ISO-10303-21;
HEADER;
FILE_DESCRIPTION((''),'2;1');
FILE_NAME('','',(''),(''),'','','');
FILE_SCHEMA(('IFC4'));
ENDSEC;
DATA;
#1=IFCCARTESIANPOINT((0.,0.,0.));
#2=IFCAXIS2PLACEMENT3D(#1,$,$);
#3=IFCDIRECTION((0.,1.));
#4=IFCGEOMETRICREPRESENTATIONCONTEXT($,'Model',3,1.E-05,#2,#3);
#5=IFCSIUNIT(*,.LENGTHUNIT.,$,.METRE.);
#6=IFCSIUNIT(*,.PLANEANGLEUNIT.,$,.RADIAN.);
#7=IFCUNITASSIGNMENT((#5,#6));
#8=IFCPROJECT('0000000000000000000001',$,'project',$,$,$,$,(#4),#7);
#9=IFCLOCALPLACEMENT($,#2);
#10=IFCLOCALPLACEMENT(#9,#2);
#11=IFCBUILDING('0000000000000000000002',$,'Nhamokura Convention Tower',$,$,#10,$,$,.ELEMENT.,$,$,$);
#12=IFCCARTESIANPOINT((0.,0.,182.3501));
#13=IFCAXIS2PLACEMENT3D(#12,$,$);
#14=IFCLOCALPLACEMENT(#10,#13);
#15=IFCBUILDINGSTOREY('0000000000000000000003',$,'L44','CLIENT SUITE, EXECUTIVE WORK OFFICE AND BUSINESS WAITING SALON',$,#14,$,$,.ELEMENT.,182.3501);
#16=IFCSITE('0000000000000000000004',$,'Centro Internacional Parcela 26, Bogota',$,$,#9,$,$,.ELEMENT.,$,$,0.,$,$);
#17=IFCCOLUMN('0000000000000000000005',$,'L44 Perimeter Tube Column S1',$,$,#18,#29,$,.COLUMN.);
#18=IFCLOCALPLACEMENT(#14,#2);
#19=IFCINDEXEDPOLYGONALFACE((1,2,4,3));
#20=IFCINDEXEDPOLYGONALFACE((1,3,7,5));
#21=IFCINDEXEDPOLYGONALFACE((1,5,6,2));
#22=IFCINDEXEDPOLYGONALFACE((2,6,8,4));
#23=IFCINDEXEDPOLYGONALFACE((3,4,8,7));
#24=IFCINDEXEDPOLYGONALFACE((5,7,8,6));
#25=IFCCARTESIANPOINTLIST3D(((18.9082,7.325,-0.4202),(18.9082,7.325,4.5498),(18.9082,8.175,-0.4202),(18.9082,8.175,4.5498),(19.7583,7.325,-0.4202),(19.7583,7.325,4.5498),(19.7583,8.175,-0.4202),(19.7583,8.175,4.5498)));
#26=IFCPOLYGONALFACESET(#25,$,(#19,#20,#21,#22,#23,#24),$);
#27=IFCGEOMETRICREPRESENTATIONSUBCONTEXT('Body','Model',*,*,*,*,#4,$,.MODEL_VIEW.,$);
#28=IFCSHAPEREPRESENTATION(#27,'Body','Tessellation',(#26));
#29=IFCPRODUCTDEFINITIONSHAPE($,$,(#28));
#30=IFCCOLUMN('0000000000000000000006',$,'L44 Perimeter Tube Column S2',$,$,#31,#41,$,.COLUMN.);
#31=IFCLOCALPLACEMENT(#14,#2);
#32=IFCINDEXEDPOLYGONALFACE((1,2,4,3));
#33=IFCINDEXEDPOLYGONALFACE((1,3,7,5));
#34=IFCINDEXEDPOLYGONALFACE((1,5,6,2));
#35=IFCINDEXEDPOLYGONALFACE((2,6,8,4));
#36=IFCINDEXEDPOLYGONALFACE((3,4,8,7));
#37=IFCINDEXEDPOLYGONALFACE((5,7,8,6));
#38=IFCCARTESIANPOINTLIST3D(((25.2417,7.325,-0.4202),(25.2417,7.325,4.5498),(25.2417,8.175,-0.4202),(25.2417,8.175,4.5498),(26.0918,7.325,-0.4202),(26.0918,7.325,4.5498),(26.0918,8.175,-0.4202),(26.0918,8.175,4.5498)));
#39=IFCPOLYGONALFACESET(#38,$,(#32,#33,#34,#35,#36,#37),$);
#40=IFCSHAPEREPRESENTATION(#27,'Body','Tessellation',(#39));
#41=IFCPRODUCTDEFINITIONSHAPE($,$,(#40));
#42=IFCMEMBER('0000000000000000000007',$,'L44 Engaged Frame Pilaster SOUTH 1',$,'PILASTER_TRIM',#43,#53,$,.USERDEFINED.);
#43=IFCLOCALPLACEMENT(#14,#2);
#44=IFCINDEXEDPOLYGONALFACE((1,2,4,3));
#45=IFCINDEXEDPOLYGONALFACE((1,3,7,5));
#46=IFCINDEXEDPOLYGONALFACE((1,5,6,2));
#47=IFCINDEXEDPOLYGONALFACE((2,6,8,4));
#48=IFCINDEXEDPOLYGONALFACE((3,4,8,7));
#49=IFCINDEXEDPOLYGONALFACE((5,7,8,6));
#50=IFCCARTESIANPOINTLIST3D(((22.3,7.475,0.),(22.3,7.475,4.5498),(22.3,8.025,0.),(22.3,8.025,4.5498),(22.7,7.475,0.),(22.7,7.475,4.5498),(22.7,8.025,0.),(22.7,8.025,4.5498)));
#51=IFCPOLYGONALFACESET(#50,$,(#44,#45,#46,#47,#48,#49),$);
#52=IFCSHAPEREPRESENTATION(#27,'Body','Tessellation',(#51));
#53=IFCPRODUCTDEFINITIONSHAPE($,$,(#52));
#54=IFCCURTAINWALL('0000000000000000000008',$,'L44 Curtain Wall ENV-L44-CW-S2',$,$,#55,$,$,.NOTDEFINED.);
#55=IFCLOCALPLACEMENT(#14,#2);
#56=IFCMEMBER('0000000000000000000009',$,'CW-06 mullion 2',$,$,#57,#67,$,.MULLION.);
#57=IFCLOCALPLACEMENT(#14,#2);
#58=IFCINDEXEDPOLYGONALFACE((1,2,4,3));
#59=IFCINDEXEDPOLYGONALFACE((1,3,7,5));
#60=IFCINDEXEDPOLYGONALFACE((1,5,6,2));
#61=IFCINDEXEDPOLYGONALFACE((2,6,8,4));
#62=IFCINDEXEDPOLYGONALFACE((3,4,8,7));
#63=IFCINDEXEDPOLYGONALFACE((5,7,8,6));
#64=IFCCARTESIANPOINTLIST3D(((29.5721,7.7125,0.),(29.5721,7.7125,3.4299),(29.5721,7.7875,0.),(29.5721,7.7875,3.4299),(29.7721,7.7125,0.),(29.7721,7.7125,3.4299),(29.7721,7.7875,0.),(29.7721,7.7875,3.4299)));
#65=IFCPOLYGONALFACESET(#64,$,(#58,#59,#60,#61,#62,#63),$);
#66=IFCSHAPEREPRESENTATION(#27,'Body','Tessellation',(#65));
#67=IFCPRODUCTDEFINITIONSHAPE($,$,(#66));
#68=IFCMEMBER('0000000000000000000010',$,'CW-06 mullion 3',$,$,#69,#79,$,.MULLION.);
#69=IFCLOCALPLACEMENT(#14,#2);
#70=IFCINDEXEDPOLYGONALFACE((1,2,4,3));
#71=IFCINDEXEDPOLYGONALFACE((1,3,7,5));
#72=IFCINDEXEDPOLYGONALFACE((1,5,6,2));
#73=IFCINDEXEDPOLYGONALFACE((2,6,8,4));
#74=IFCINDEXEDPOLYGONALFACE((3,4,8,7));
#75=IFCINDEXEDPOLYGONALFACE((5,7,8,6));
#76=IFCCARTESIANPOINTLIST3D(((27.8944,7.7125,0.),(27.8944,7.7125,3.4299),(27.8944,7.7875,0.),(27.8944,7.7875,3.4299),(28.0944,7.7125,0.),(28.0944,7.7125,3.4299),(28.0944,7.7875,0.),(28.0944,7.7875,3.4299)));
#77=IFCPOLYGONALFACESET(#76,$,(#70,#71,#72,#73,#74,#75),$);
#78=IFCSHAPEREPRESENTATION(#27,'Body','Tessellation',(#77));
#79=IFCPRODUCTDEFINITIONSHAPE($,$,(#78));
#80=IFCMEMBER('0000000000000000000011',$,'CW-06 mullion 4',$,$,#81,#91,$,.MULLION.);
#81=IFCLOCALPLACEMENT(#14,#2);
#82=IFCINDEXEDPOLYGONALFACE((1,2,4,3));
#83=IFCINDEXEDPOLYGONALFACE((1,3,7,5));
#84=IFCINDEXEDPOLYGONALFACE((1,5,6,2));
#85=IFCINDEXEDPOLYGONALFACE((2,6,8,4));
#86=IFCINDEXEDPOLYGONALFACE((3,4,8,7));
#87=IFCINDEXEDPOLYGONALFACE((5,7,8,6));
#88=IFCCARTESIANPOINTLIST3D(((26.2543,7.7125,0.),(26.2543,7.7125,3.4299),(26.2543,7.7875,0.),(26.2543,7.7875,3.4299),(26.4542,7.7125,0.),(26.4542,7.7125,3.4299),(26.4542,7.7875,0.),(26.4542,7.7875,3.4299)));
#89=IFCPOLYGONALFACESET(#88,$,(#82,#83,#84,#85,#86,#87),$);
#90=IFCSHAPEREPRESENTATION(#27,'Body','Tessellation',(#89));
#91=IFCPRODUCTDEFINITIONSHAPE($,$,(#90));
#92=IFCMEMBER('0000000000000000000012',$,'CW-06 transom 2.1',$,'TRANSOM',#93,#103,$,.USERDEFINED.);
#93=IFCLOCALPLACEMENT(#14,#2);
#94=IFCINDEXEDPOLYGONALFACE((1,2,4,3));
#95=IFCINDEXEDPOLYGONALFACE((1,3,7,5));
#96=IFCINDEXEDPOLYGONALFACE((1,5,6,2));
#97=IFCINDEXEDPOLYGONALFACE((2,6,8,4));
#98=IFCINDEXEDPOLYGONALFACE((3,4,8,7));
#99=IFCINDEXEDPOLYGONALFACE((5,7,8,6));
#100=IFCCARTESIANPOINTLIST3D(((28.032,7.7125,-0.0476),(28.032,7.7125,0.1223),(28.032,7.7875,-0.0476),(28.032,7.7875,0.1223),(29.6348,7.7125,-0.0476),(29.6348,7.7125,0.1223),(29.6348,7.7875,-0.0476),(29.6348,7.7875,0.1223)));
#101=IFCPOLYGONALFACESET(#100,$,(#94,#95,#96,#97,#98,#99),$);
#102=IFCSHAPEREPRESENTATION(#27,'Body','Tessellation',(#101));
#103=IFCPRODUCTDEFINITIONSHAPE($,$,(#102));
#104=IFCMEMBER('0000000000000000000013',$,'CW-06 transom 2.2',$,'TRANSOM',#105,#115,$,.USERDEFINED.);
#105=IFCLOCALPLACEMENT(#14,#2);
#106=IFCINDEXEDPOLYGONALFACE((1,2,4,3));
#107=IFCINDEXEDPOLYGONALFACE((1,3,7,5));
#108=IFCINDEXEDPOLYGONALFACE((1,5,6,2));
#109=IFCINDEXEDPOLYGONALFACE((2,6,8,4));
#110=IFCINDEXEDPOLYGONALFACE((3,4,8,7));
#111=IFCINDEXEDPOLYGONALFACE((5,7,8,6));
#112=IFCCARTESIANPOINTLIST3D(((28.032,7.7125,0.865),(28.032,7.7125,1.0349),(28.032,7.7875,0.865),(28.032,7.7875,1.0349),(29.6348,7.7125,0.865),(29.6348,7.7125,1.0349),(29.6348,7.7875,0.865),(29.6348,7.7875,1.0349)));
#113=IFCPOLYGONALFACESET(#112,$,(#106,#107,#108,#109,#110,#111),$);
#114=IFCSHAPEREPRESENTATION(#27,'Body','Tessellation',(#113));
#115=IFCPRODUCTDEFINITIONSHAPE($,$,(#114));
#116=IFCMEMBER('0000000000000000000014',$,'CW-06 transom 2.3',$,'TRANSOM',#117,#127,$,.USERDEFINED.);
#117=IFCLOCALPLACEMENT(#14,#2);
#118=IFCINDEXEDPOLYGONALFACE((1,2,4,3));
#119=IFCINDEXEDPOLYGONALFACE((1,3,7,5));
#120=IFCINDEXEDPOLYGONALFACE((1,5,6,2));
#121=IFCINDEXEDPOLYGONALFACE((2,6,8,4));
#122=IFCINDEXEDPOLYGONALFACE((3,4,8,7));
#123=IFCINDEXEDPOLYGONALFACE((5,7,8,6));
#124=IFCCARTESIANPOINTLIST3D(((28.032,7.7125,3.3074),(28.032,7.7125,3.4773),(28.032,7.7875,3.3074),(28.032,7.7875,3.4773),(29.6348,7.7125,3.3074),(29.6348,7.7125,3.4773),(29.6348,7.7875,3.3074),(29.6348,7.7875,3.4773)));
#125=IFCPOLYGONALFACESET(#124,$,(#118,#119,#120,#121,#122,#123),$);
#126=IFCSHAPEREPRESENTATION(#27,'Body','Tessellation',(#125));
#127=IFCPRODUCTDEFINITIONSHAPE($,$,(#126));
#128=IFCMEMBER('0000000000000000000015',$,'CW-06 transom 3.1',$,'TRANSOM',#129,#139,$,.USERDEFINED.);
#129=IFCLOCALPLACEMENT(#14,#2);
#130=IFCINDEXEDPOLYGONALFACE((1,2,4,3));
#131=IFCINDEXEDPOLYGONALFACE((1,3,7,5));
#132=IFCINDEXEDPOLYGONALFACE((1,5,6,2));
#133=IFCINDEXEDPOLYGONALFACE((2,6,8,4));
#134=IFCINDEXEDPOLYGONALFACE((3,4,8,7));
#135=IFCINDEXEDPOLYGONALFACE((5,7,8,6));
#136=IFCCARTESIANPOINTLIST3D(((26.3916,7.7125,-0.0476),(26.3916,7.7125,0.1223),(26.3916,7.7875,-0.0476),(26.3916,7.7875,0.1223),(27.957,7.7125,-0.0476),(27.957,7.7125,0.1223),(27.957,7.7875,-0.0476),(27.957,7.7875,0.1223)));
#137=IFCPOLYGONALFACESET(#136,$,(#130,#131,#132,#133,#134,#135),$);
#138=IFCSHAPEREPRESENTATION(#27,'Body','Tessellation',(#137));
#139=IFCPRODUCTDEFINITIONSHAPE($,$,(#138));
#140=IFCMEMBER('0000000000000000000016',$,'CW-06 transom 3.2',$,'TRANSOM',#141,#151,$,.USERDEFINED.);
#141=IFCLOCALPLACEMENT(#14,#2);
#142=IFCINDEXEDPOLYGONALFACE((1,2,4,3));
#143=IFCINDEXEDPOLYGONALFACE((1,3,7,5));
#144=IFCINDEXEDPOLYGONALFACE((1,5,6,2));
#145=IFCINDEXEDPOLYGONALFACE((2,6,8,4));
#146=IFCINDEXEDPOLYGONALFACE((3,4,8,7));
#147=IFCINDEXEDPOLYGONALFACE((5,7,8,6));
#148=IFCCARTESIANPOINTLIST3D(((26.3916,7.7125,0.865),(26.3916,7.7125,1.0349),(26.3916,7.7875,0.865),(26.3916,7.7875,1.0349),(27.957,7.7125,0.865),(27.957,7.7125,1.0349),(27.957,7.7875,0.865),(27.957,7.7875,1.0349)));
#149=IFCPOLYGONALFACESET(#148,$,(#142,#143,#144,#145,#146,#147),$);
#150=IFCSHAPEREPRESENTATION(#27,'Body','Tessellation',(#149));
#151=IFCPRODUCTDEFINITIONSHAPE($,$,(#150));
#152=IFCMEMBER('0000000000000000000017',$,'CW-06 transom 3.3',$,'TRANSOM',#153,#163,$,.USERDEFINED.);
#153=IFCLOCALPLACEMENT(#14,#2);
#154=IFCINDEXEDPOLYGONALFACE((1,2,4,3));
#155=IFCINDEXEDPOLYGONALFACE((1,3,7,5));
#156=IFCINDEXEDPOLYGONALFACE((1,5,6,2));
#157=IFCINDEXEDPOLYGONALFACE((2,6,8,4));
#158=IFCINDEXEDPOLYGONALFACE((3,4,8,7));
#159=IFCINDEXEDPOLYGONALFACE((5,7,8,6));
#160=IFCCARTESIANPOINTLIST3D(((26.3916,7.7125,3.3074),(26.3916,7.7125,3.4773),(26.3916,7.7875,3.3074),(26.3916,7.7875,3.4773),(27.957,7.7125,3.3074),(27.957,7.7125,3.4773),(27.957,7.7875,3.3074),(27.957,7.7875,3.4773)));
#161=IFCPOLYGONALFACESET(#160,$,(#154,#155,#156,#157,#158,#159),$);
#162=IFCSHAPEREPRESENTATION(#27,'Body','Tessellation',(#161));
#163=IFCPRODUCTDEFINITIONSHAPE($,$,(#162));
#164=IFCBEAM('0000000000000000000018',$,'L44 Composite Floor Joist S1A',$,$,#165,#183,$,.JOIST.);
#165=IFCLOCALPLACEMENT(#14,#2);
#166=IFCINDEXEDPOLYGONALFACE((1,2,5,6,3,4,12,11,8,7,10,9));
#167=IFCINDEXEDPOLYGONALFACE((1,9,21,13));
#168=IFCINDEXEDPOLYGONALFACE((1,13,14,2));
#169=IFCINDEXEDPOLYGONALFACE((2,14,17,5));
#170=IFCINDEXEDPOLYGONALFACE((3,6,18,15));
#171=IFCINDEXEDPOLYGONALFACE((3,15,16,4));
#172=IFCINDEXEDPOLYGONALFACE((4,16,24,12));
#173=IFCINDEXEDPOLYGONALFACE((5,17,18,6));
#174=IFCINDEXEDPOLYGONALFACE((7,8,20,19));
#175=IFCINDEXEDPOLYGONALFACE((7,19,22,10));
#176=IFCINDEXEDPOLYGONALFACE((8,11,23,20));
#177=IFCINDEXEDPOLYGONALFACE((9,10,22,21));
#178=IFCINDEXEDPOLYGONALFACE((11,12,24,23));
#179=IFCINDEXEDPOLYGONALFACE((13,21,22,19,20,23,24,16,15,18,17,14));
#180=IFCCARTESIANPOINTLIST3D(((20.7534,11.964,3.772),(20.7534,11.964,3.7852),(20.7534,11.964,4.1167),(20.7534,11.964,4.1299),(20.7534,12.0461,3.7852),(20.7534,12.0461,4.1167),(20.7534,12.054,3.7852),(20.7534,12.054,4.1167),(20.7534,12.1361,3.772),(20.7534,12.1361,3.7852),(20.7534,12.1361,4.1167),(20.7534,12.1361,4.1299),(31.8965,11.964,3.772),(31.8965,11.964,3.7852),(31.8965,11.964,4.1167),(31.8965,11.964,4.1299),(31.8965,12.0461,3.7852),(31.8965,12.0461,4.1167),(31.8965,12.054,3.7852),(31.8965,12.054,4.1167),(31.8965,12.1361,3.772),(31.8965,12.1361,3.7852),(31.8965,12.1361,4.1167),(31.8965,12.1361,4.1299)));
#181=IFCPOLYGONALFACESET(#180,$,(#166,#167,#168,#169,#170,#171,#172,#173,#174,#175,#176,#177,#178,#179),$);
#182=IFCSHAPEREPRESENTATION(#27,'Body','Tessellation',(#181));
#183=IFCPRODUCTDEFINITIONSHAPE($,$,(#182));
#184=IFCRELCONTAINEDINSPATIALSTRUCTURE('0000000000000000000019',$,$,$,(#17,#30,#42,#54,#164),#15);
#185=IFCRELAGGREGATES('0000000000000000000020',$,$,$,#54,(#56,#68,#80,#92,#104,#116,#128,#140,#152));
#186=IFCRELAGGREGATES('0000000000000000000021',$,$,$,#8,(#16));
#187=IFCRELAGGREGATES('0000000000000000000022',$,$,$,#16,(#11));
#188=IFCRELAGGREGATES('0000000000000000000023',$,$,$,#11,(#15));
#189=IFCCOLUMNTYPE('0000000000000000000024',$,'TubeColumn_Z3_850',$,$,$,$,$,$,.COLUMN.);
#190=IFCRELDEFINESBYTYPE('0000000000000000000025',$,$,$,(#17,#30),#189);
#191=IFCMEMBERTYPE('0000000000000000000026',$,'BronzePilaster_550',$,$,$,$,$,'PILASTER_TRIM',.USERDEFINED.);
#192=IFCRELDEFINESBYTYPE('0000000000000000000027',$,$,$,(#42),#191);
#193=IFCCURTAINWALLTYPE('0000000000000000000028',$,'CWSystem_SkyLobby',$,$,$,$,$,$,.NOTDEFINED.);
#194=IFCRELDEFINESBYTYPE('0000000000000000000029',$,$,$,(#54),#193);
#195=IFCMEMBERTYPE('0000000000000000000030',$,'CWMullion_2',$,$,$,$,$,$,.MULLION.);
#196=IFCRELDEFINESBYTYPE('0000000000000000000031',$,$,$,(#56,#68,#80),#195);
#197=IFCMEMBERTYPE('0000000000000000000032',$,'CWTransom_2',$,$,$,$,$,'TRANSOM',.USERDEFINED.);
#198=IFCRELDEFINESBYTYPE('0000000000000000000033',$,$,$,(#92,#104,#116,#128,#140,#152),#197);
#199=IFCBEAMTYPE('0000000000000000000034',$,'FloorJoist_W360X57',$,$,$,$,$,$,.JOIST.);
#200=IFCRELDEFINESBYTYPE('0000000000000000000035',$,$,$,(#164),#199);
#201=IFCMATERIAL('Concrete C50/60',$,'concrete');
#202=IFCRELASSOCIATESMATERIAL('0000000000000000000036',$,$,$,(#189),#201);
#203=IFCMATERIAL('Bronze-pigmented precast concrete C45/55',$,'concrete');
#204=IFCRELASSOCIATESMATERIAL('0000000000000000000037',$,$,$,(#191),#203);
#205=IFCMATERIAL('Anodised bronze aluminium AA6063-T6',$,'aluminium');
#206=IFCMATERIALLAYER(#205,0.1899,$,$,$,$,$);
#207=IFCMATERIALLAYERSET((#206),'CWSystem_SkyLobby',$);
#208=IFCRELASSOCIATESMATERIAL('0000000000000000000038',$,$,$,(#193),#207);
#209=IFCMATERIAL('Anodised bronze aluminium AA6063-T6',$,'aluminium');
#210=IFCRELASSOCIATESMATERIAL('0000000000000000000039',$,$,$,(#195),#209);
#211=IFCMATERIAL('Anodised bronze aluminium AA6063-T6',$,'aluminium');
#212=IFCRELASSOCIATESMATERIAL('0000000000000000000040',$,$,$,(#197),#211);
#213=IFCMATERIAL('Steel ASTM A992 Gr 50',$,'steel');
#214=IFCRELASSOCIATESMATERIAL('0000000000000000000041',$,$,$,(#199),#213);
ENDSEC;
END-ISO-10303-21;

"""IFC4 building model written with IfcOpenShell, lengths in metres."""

from ifc_helpers import new_model, si_unit, direction, frame, origin, origin_2d, place, context, subcontext, project, spatial, rectangle, i_section, extrude, material, layer, layer_set, material_profile, profile_set, type_object, element, aggregate, save


model = new_model("IFC4")

# Units and contexts
model_context = context("Model", 3, precision=1e-05, world=origin(), true_north=direction((0.0, 1.0)))
body_context = subcontext(model_context, "Body", "Model", "MODEL_VIEW")
ifc_project = project(units=[si_unit("LENGTHUNIT", "METRE"), si_unit("PLANEANGLEUNIT", "RADIAN")], contexts=[model_context])

# Site, building, storey
site_placement = place(None, origin())
site = spatial("IfcSite", under=ifc_project, at=site_placement, Name="Centro Internacional Parcela 26, Bogota", CompositionType="ELEMENT", RefElevation=0.0)
building_placement = place(site_placement, origin())
building = spatial("IfcBuilding", under=site, at=building_placement, Name="Nhamokura Convention Tower", CompositionType="ELEMENT")
storey_placement = place(building_placement, frame((0.0, 0.0, 182.3501)))
storey = spatial("IfcBuildingStorey", under=building, at=storey_placement, Name="L44", Description="CLIENT SUITE, EXECUTIVE WORK OFFICE AND BUSINESS WAITING SALON", CompositionType="ELEMENT", Elevation=182.3501)

# Columns
ifc_material_1 = material(Name="Concrete C50/60", Category="concrete")
ifc_material_profile_1 = material_profile(ifc_material_1, rectangle(XDim=0.8501, YDim=0.8501, at=origin_2d()))
ifc_profile_set_1 = profile_set([ifc_material_profile_1], Name="Concrete C50/60")
column_type = type_object("IfcColumnType", Name="TubeColumn_Z3_850", PredefinedType="COLUMN", material=ifc_profile_set_1)
for number, where, z_axis, x_axis, name in (
    (1, (19.3333, 7.75, -0.4202), (0.0, 0.0, 1.0), (1.0, 0.0, 0.0), "L44 Perimeter Tube Column S1"),
    (2, (25.6667, 7.75, -0.4202), (0.0, 0.0, 1.0), (1.0, 0.0, 0.0), "L44 Perimeter Tube Column S2"),
):
    element("IfcColumn", number, at=place(storey_placement, frame(where, z_axis=z_axis, x_axis=x_axis)), inside=storey, type_object=column_type, Name=name, PredefinedType="COLUMN", context=body_context, shape_type="SweptSolid", body=[
        extrude(rectangle(XDim=0.8501, YDim=0.8501, at=origin_2d()), origin(), (0.0, 0.0, 1.0), 4.97),
    ])

# Member
ifc_material_2 = material(Name="Bronze-pigmented precast concrete C45/55", Category="concrete")
ifc_material_profile_2 = material_profile(ifc_material_2, rectangle(XDim=0.3999, YDim=0.55, at=origin_2d()))
ifc_profile_set_2 = profile_set([ifc_material_profile_2], Name="Bronze-pigmented precast concrete C45/55")
member_type_1 = type_object("IfcMemberType", Name="BronzePilaster_550", ElementType="PILASTER_TRIM", PredefinedType="USERDEFINED", material=ifc_profile_set_2)
member_1_placement = place(storey_placement, frame((22.5, 7.75, 0.0), z_axis=(0.0, 0.0, 1.0), x_axis=(1.0, 0.0, 0.0)))
element("IfcMember", 3, at=member_1_placement, inside=storey, type_object=member_type_1, Name="L44 Engaged Frame Pilaster SOUTH 1", ObjectType="PILASTER_TRIM", PredefinedType="USERDEFINED", context=body_context, shape_type="SweptSolid", body=[
    extrude(rectangle(XDim=0.3999, YDim=0.55, at=origin_2d()), origin(), (0.0, 0.0, 1.0), 4.5498),
])

# Curtain wall, members
ifc_material_3 = material(Name="Anodised bronze aluminium AA6063-T6", Category="aluminium")
ifc_layer_1 = layer(ifc_material_3, 0.1899)
ifc_layer_set_1 = layer_set([ifc_layer_1], Name="CWSystem_SkyLobby")
curtain_wall_type = type_object("IfcCurtainWallType", Name="CWSystem_SkyLobby", PredefinedType="NOTDEFINED", material=ifc_layer_set_1)
curtain_wall_placement = place(storey_placement, origin())
curtain_wall = element("IfcCurtainWall", 4, at=curtain_wall_placement, inside=storey, type_object=curtain_wall_type, Name="L44 Curtain Wall ENV-L44-CW-S2", PredefinedType="NOTDEFINED")
ifc_material_4 = material(Name="Anodised bronze aluminium AA6063-T6", Category="aluminium")
ifc_material_profile_3 = material_profile(ifc_material_4, rectangle(XDim=0.075, YDim=0.2, at=origin_2d()))
ifc_profile_set_3 = profile_set([ifc_material_profile_3], Name="Anodised bronze aluminium AA6063-T6")
member_type_2 = type_object("IfcMemberType", Name="CWMullion_2", PredefinedType="MULLION", material=ifc_profile_set_3)
member_2_placement = place(storey_placement, frame((29.6721, 7.75, 0.0), z_axis=(0.0, 0.0, 1.0), x_axis=(0.0, -1.0, 0.0)))
member_2 = element("IfcMember", 5, at=member_2_placement, type_object=member_type_2, Name="CW-06 mullion 2", PredefinedType="MULLION", context=body_context, shape_type="SweptSolid", body=[
    extrude(rectangle(XDim=0.075, YDim=0.2, at=origin_2d()), origin(), (0.0, 0.0, 1.0), 3.4299),
])
member_3_placement = place(storey_placement, frame((27.9944, 7.75, 0.0), z_axis=(0.0, 0.0, 1.0), x_axis=(0.0, -1.0, 0.0)))
member_3 = element("IfcMember", 6, at=member_3_placement, type_object=member_type_2, Name="CW-06 mullion 3", PredefinedType="MULLION", context=body_context, shape_type="SweptSolid", body=[
    extrude(rectangle(XDim=0.075, YDim=0.2, at=origin_2d()), origin(), (0.0, 0.0, 1.0), 3.4299),
])
member_4_placement = place(storey_placement, frame((26.3542, 7.75, 0.0), z_axis=(0.0, 0.0, 1.0), x_axis=(0.0, -1.0, 0.0)))
member_4 = element("IfcMember", 7, at=member_4_placement, type_object=member_type_2, Name="CW-06 mullion 4", PredefinedType="MULLION", context=body_context, shape_type="SweptSolid", body=[
    extrude(rectangle(XDim=0.075, YDim=0.2, at=origin_2d()), origin(), (0.0, 0.0, 1.0), 3.4299),
])
ifc_material_5 = material(Name="Anodised bronze aluminium AA6063-T6", Category="aluminium")
ifc_material_profile_4 = material_profile(ifc_material_5, rectangle(XDim=0.075, YDim=0.1699, at=origin_2d()))
ifc_profile_set_4 = profile_set([ifc_material_profile_4], Name="Anodised bronze aluminium AA6063-T6")
member_type_3 = type_object("IfcMemberType", Name="CWTransom_2", ElementType="TRANSOM", PredefinedType="USERDEFINED", material=ifc_profile_set_4)
member_5_placement = place(storey_placement, frame((29.6348, 7.75, 0.0374), z_axis=(-1.0, 0.0, 0.0), x_axis=(0.0, -1.0, 0.0)))
member_5 = element("IfcMember", 8, at=member_5_placement, type_object=member_type_3, Name="CW-06 transom 2.1", ObjectType="TRANSOM", PredefinedType="USERDEFINED", context=body_context, shape_type="SweptSolid", body=[
    extrude(rectangle(XDim=0.075, YDim=0.1699, at=origin_2d()), origin(), (0.0, 0.0, 1.0), 1.6028),
])
member_6_placement = place(storey_placement, frame((29.6348, 7.75, 0.95), z_axis=(-1.0, 0.0, 0.0), x_axis=(0.0, -1.0, 0.0)))
member_6 = element("IfcMember", 9, at=member_6_placement, type_object=member_type_3, Name="CW-06 transom 2.2", ObjectType="TRANSOM", PredefinedType="USERDEFINED", context=body_context, shape_type="SweptSolid", body=[
    extrude(rectangle(XDim=0.075, YDim=0.1699, at=origin_2d()), origin(), (0.0, 0.0, 1.0), 1.6028),
])
member_7_placement = place(storey_placement, frame((29.6348, 7.75, 3.3923), z_axis=(-1.0, 0.0, 0.0), x_axis=(0.0, -1.0, 0.0)))
member_7 = element("IfcMember", 10, at=member_7_placement, type_object=member_type_3, Name="CW-06 transom 2.3", ObjectType="TRANSOM", PredefinedType="USERDEFINED", context=body_context, shape_type="SweptSolid", body=[
    extrude(rectangle(XDim=0.075, YDim=0.1699, at=origin_2d()), origin(), (0.0, 0.0, 1.0), 1.6028),
])
member_8_placement = place(storey_placement, frame((27.957, 7.75, 0.0374), z_axis=(-1.0, 0.0, 0.0), x_axis=(0.0, -1.0, 0.0)))
member_8 = element("IfcMember", 11, at=member_8_placement, type_object=member_type_3, Name="CW-06 transom 3.1", ObjectType="TRANSOM", PredefinedType="USERDEFINED", context=body_context, shape_type="SweptSolid", body=[
    extrude(rectangle(XDim=0.075, YDim=0.1699, at=origin_2d()), origin(), (0.0, 0.0, 1.0), 1.5654),
])
member_9_placement = place(storey_placement, frame((27.957, 7.75, 0.95), z_axis=(-1.0, 0.0, 0.0), x_axis=(0.0, -1.0, 0.0)))
member_9 = element("IfcMember", 12, at=member_9_placement, type_object=member_type_3, Name="CW-06 transom 3.2", ObjectType="TRANSOM", PredefinedType="USERDEFINED", context=body_context, shape_type="SweptSolid", body=[
    extrude(rectangle(XDim=0.075, YDim=0.1699, at=origin_2d()), origin(), (0.0, 0.0, 1.0), 1.5654),
])
member_10_placement = place(storey_placement, frame((27.957, 7.75, 3.3923), z_axis=(-1.0, 0.0, 0.0), x_axis=(0.0, -1.0, 0.0)))
member_10 = element("IfcMember", 13, at=member_10_placement, type_object=member_type_3, Name="CW-06 transom 3.3", ObjectType="TRANSOM", PredefinedType="USERDEFINED", context=body_context, shape_type="SweptSolid", body=[
    extrude(rectangle(XDim=0.075, YDim=0.1699, at=origin_2d()), origin(), (0.0, 0.0, 1.0), 1.5654),
])

# Beam
ifc_material_6 = material(Name="Steel ASTM A992 Gr 50", Category="steel")
ifc_material_profile_5 = material_profile(ifc_material_6, i_section(OverallWidth=0.1721, OverallDepth=0.3579, WebThickness=0.0078, FlangeThickness=0.0132, at=origin_2d()))
ifc_profile_set_5 = profile_set([ifc_material_profile_5], Name="Steel ASTM A992 Gr 50")
beam_type_1 = type_object("IfcBeamType", Name="FloorJoist_W360X57", PredefinedType="JOIST", material=ifc_profile_set_5)
beam_1_placement = place(storey_placement, frame((20.7534, 12.05, 3.9509), z_axis=(1.0, 0.0, 0.0), x_axis=(0.0, 1.0, 0.0)))
element("IfcBeam", 14, at=beam_1_placement, inside=storey, type_object=beam_type_1, Name="L44 Composite Floor Joist S1A", PredefinedType="JOIST", context=body_context, shape_type="SweptSolid", body=[
    extrude(i_section(OverallWidth=0.1721, OverallDepth=0.3579, WebThickness=0.0078, FlangeThickness=0.0132, at=origin_2d()), origin(), (0.0, 0.0, 1.0), 11.1431),
])

aggregate(curtain_wall, [member_2, member_3, member_4, member_5, member_6, member_7, member_8, member_9, member_10])

save(model, "model.ifc")
